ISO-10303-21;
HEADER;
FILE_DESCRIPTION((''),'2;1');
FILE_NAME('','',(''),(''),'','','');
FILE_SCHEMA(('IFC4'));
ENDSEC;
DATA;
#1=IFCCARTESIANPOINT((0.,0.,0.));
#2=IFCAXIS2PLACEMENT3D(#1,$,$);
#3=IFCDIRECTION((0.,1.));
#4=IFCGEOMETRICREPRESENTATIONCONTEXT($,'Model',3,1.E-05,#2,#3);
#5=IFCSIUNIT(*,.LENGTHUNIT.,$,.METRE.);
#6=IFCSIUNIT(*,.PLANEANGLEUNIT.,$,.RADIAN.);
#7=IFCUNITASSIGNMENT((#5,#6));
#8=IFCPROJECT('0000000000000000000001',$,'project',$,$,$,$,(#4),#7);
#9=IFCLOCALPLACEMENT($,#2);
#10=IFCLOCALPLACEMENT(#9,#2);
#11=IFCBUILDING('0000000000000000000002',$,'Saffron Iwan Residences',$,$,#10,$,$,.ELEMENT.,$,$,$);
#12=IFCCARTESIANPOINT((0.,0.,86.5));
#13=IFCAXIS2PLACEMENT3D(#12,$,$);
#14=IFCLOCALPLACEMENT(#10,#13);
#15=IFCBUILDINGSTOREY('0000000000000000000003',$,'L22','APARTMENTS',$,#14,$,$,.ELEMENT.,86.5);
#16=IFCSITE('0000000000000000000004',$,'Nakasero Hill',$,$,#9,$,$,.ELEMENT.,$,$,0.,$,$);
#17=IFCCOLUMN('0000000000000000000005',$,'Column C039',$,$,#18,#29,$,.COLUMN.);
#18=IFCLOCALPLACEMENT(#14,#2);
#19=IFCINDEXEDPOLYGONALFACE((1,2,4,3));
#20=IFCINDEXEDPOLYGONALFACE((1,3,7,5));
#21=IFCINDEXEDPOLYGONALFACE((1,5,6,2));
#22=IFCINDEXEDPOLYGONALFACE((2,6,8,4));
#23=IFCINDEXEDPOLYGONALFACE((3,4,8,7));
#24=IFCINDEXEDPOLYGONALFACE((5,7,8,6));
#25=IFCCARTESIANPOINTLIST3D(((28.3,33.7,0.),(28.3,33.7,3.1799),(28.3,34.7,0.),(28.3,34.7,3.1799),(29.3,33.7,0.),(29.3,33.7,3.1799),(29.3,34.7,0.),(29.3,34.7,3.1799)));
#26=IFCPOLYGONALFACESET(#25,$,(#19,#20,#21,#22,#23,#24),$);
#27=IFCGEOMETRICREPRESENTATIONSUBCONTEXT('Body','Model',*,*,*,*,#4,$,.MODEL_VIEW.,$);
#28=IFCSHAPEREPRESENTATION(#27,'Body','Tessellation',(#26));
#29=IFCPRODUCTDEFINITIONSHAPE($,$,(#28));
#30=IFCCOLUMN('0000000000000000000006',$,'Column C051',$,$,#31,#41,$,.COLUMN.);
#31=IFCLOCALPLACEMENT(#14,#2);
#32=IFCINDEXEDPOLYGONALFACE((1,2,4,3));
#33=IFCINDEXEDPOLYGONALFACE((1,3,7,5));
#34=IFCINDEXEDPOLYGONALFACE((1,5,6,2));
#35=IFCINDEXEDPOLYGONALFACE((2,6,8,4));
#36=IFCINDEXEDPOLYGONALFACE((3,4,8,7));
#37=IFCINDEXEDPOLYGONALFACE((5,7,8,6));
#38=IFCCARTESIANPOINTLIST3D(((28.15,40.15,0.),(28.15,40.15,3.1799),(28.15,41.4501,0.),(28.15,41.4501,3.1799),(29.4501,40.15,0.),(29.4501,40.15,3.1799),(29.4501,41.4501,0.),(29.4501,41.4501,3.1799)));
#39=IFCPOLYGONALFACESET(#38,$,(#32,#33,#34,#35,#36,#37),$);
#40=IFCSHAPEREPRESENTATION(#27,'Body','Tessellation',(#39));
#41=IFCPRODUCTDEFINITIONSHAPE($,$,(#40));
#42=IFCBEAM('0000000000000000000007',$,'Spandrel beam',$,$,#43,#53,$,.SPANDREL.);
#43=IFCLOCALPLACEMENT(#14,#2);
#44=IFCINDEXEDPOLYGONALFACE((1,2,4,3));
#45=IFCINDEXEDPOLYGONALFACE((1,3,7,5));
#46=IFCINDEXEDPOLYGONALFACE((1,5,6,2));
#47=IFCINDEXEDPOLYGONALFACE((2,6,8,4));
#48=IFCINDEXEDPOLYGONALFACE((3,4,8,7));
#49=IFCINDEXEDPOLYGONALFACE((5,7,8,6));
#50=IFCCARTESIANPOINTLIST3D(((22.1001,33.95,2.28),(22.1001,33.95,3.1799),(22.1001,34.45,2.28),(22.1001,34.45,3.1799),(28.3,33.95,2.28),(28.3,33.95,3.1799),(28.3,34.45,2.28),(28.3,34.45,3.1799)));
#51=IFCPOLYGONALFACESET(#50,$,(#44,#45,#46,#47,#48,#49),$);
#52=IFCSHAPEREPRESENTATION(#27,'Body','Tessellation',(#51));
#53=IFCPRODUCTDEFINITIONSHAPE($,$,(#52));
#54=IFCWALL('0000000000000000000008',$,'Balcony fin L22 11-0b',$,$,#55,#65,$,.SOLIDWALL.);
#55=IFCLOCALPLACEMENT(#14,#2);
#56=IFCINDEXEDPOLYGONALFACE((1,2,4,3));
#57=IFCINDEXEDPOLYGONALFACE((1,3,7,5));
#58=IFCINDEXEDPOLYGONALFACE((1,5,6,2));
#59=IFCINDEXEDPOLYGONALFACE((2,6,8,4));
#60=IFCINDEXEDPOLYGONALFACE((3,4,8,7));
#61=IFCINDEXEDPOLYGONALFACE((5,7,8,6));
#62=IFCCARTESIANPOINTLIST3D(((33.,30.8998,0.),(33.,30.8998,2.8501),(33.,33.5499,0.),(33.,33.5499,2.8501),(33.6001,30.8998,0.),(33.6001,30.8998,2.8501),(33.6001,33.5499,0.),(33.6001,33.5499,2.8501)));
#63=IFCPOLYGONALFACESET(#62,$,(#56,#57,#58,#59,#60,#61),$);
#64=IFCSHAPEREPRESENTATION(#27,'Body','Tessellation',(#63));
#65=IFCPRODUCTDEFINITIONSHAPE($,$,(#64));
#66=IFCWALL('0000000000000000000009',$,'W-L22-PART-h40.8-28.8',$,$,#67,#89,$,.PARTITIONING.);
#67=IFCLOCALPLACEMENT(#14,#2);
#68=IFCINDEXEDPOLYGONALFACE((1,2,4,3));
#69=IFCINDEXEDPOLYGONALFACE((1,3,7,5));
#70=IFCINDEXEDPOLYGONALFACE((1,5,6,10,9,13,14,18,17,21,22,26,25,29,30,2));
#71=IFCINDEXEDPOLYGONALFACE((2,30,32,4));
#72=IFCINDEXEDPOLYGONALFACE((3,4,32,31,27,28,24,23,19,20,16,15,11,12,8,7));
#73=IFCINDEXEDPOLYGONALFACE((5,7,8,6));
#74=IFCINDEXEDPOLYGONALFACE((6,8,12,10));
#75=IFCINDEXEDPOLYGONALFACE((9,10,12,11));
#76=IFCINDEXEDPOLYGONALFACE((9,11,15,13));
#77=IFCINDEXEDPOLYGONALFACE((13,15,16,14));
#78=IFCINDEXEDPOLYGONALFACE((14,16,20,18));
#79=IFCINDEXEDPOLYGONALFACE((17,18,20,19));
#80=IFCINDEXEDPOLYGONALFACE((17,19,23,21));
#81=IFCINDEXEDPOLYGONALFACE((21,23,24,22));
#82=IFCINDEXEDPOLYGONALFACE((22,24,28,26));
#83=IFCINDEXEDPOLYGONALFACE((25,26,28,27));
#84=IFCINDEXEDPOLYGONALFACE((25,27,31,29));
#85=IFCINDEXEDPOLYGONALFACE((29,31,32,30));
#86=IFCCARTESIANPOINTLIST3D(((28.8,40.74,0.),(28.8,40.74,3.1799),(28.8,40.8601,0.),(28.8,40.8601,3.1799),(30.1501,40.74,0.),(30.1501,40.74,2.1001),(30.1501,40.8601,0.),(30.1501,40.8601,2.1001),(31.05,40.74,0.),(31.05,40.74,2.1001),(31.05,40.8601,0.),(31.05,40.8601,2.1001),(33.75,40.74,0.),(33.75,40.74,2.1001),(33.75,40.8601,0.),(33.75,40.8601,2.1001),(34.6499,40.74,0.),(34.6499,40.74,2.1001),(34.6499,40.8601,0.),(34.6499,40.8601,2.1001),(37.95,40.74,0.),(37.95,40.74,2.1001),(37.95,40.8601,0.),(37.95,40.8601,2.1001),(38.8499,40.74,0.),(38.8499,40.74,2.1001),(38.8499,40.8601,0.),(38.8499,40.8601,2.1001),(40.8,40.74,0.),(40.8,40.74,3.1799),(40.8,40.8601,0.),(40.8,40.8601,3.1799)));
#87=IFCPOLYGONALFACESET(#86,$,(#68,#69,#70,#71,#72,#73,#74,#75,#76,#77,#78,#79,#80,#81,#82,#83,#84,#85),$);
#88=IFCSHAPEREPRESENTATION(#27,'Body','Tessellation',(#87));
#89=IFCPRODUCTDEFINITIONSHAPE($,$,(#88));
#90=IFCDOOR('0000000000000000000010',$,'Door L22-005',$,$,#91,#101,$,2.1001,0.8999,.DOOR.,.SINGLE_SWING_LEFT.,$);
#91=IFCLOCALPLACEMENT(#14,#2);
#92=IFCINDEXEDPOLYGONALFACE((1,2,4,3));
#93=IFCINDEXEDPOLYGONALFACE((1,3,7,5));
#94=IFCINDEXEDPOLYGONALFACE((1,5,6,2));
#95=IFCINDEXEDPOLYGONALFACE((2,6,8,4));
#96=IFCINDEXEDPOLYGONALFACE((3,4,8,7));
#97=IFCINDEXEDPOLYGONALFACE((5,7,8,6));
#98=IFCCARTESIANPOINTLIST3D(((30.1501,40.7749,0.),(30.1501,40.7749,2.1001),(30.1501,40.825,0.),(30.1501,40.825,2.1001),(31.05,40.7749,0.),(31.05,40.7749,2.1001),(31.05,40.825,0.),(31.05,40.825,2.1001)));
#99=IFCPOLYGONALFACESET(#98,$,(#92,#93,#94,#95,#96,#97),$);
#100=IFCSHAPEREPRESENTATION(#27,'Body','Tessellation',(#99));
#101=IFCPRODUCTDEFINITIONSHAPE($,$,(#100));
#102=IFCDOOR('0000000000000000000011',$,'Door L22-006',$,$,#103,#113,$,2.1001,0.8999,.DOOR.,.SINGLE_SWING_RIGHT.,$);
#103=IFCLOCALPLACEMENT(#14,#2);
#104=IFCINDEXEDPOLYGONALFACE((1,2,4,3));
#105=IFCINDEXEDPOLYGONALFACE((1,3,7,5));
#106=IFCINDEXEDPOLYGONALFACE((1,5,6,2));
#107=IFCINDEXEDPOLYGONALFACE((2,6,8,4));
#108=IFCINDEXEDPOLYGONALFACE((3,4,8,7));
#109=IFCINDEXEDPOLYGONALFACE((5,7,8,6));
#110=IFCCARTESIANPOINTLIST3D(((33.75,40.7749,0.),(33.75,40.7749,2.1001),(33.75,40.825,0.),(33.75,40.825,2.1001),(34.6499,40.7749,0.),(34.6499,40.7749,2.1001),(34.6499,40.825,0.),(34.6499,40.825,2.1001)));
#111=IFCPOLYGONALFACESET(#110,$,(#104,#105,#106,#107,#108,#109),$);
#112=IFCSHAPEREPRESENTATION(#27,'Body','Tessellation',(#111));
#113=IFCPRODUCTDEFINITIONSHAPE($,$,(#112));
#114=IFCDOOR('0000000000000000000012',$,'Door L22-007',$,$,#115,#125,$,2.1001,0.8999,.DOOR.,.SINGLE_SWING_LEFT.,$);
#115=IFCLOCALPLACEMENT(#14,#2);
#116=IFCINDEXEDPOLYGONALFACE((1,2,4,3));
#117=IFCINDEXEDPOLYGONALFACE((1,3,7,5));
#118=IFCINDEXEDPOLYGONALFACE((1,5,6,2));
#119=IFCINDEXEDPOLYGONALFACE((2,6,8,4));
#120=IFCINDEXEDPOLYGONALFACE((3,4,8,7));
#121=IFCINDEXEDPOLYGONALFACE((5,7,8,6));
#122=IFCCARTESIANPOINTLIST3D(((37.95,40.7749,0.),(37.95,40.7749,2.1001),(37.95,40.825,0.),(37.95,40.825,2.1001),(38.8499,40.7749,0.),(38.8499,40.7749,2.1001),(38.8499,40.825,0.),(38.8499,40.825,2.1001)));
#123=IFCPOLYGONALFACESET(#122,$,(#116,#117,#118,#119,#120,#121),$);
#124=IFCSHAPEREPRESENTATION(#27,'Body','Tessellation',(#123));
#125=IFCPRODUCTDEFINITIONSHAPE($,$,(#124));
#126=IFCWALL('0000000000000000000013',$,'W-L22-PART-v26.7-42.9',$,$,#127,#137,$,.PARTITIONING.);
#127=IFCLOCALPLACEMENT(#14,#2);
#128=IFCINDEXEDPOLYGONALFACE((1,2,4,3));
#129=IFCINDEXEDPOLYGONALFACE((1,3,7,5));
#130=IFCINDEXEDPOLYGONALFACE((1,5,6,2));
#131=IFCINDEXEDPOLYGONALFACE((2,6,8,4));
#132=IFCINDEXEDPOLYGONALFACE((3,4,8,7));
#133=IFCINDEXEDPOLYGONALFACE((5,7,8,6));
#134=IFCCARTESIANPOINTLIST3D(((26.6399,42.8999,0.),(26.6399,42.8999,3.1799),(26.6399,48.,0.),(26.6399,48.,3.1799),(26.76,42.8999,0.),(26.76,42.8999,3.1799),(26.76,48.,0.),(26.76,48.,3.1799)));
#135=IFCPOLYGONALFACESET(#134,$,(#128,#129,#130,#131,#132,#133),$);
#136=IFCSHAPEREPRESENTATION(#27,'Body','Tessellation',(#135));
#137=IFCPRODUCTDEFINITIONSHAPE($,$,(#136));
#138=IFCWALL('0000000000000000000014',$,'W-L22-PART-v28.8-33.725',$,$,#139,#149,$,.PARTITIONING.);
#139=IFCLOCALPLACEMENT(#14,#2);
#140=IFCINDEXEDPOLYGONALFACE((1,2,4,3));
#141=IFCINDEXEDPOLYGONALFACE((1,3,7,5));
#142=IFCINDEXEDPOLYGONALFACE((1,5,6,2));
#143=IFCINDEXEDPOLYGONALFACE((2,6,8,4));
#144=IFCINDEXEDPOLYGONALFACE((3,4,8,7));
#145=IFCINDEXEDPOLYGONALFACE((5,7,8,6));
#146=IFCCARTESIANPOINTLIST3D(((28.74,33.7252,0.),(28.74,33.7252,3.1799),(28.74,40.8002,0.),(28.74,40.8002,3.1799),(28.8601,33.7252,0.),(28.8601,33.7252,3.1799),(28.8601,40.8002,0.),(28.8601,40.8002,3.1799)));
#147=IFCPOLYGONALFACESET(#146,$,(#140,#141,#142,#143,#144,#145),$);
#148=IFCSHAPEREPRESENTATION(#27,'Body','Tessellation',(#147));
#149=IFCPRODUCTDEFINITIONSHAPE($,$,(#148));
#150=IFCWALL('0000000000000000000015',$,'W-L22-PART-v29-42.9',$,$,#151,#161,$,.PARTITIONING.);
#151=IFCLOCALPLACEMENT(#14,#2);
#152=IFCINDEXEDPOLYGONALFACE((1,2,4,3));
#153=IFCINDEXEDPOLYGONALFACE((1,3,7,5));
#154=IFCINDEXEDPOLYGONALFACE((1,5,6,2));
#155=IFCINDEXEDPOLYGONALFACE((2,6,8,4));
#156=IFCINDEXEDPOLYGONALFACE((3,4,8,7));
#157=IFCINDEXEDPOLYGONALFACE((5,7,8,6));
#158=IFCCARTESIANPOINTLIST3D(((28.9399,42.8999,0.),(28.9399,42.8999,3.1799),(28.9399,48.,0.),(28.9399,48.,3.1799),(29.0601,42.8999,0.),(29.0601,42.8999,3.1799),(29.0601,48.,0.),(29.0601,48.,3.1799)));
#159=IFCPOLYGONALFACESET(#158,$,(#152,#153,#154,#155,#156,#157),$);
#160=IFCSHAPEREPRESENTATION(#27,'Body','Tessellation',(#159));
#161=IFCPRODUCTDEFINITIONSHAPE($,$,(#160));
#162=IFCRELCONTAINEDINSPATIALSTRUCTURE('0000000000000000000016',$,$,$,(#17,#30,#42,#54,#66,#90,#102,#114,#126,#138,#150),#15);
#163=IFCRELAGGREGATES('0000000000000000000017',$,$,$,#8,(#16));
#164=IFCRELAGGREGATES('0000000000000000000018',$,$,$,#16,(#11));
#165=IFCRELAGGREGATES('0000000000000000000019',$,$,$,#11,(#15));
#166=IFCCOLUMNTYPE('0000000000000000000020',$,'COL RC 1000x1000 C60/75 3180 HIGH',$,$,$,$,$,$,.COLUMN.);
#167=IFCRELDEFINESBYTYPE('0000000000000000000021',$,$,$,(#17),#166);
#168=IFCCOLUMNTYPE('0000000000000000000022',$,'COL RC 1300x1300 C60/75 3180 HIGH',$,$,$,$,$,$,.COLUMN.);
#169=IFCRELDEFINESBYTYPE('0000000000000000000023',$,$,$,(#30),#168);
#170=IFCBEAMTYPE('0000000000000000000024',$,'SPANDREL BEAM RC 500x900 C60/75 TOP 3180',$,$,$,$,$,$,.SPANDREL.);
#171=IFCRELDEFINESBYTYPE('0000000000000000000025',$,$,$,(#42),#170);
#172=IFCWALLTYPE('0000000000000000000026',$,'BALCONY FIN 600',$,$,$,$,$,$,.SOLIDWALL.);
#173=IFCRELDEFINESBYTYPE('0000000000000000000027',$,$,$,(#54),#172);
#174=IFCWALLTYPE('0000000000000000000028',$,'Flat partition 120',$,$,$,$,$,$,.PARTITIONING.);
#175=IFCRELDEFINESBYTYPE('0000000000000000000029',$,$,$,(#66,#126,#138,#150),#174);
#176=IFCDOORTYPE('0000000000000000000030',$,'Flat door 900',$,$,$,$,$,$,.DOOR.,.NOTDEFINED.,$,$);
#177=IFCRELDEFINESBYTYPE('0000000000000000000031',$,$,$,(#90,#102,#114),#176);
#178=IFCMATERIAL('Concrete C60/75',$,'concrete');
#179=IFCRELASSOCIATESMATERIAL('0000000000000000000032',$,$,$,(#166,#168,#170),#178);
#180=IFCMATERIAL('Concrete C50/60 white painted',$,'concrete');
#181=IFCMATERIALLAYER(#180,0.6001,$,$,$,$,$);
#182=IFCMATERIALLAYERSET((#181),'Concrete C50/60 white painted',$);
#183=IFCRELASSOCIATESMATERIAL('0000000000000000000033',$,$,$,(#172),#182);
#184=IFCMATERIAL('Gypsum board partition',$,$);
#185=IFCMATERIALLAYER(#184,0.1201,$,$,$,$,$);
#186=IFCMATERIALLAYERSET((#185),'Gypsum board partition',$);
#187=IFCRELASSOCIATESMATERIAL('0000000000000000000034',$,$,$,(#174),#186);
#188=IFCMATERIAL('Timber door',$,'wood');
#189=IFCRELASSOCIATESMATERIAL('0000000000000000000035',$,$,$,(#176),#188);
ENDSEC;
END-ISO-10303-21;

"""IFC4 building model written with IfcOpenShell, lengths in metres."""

from ifc_helpers import new_model, si_unit, direction, frame, frame_2d, origin, origin_2d, place, context, subcontext, project, spatial, rectangle, extrude, source, transform, mapped, material, layer, layer_set, material_profile, profile_set, type_object, element, fill, save


model = new_model("IFC4")

# Units and contexts
model_context = context("Model", 3, precision=1e-05, world=origin(), true_north=direction((0.0, 1.0)))
body_context = subcontext(model_context, "Body", "Model", "MODEL_VIEW")
ifc_project = project(units=[si_unit("LENGTHUNIT", "METRE"), si_unit("PLANEANGLEUNIT", "RADIAN")], contexts=[model_context])

# Site, building, storey
site_placement = place(None, origin())
site = spatial("IfcSite", under=ifc_project, at=site_placement, Name="Nakasero Hill", CompositionType="ELEMENT", RefElevation=0.0)
building_placement = place(site_placement, origin())
building = spatial("IfcBuilding", under=site, at=building_placement, Name="Saffron Iwan Residences", CompositionType="ELEMENT")
storey_placement = place(building_placement, frame((0.0, 0.0, 86.5)))
storey = spatial("IfcBuildingStorey", under=building, at=storey_placement, Name="L22", Description="APARTMENTS", CompositionType="ELEMENT", Elevation=86.5)

# Columns
ifc_material_1 = material(Name="Concrete C60/75", Category="concrete")
ifc_material_profile_1 = material_profile(ifc_material_1, rectangle(XDim=1.0, YDim=1.0, at=origin_2d()), Name="RC 1000x1000")
ifc_profile_set_1 = profile_set([ifc_material_profile_1], Name="Concrete C60/75")
column_type_1 = type_object("IfcColumnType", Name="COL RC 1000x1000 C60/75 3180 HIGH", PredefinedType="COLUMN", material=ifc_profile_set_1)
shared_shape_1 = source(origin(), body_context, "Body", "SweptSolid", [
    extrude(rectangle(XDim=1.0, YDim=1.0, at=origin_2d()), origin(), (0.0, 0.0, 1.0), 3.1799),
])
column_1_placement = place(storey_placement, frame((28.8, 34.2, 0.0), z_axis=(0.0, 0.0, 1.0), x_axis=(1.0, 0.0, 0.0)))
element("IfcColumn", 1, at=column_1_placement, inside=storey, type_object=column_type_1, Name="Column C039", PredefinedType="COLUMN", context=body_context, shape_type="MappedRepresentation", body=[
    mapped(shared_shape_1, transform((0.0, 0.0, 0.0))),
])
ifc_material_profile_2 = material_profile(ifc_material_1, rectangle(XDim=1.3, YDim=1.3, at=origin_2d()), Name="RC 1300x1300")
ifc_profile_set_2 = profile_set([ifc_material_profile_2], Name="Concrete C60/75")
column_type_2 = type_object("IfcColumnType", Name="COL RC 1300x1300 C60/75 3180 HIGH", PredefinedType="COLUMN", material=ifc_profile_set_2)
shared_shape_2 = source(origin(), body_context, "Body", "SweptSolid", [
    extrude(rectangle(XDim=1.3, YDim=1.3, at=origin_2d()), origin(), (0.0, 0.0, 1.0), 3.1799),
])
column_2_placement = place(storey_placement, frame((28.8, 40.8, 0.0), z_axis=(0.0, 0.0, 1.0), x_axis=(1.0, 0.0, 0.0)))
element("IfcColumn", 2, at=column_2_placement, inside=storey, type_object=column_type_2, Name="Column C051", PredefinedType="COLUMN", context=body_context, shape_type="MappedRepresentation", body=[
    mapped(shared_shape_2, transform((0.0, 0.0, 0.0))),
])

# Beam
ifc_material_profile_3 = material_profile(ifc_material_1, rectangle(XDim=0.5, YDim=0.8999, at=origin_2d()), Name="RC 500x900")
ifc_profile_set_3 = profile_set([ifc_material_profile_3], Name="Concrete C60/75")
beam_type = type_object("IfcBeamType", Name="SPANDREL BEAM RC 500x900 C60/75 TOP 3180", PredefinedType="SPANDREL", material=ifc_profile_set_3)
shared_shape_3 = source(origin(), body_context, "Body", "SweptSolid", [
    extrude(rectangle(XDim=0.5, YDim=0.8999, at=origin_2d()), origin(), (0.0, 0.0, 1.0), 6.2),
])
beam_placement = place(storey_placement, frame((28.3, 34.2, 2.73), z_axis=(-1.0, 0.0, 0.0), x_axis=(0.0, -1.0, 0.0)))
element("IfcBeam", 3, at=beam_placement, inside=storey, type_object=beam_type, Name="Spandrel beam", PredefinedType="SPANDREL", context=body_context, shape_type="MappedRepresentation", body=[
    mapped(shared_shape_3, transform((0.0, 0.0, 0.0))),
])

# Wall
ifc_material_2 = material(Name="Concrete C50/60 white painted", Category="concrete")
ifc_layer_1 = layer(ifc_material_2, 0.6001)
ifc_layer_set_1 = layer_set([ifc_layer_1], Name="Concrete C50/60 white painted")
wall_type_1 = type_object("IfcWallType", Name="BALCONY FIN 600", PredefinedType="SOLIDWALL", material=ifc_layer_set_1)
wall_1_placement = place(storey_placement, frame((33.3, 33.55, 0.0), z_axis=(0.0, 0.0, 1.0), x_axis=(0.0, -1.0, 0.0)))
element("IfcWall", 4, at=wall_1_placement, inside=storey, type_object=wall_type_1, Name="Balcony fin L22 11-0b", PredefinedType="SOLIDWALL", context=body_context, shape_type="SweptSolid", body=[
    extrude(rectangle(XDim=2.6501, YDim=0.6001, at=frame_2d((1.3252, 0.0))), origin(), (0.0, 0.0, 1.0), 2.8501),
])

# Wall, openings, doors
ifc_material_3 = material(Name="Gypsum board partition")
ifc_layer_2 = layer(ifc_material_3, 0.1201)
ifc_layer_set_2 = layer_set([ifc_layer_2], Name="Gypsum board partition")
wall_type_2 = type_object("IfcWallType", Name="Flat partition 120", PredefinedType="PARTITIONING", material=ifc_layer_set_2)
wall_2_placement = place(storey_placement, frame((28.8, 40.8, 0.0), z_axis=(0.0, 0.0, 1.0), x_axis=(1.0, 0.0, 0.0)))
wall_2 = element("IfcWall", 5, at=wall_2_placement, inside=storey, type_object=wall_type_2, Name="W-L22-PART-h40.8-28.8", PredefinedType="PARTITIONING", context=body_context, shape_type="SweptSolid", body=[
    extrude(rectangle(XDim=12.0, YDim=0.1201, at=frame_2d((6.0, 0.0))), origin(), (0.0, 0.0, 1.0), 3.1799),
])
opening_1_placement = place(wall_2_placement, frame((1.3501, 0.0, 0.0)))
opening_1 = element("IfcOpeningElement", 6, at=opening_1_placement, cuts=wall_2, PredefinedType="OPENING", context=body_context, shape_type="SweptSolid", body=[
    extrude(rectangle(XDim=0.8999, YDim=2.1001, at=frame_2d((0.45, 1.05))), frame((0.0, 0.0701, 0.0), z_axis=(0.0, -1.0, 0.0), x_axis=(1.0, 0.0, 0.0)), (0.0, 0.0, 1.0), 0.1401),
])
opening_2_placement = place(wall_2_placement, frame((4.95, 0.0, 0.0)))
opening_2 = element("IfcOpeningElement", 7, at=opening_2_placement, cuts=wall_2, PredefinedType="OPENING", context=body_context, shape_type="SweptSolid", body=[
    extrude(rectangle(XDim=0.8999, YDim=2.1001, at=frame_2d((0.45, 1.05))), frame((0.0, 0.0701, 0.0), z_axis=(0.0, -1.0, 0.0), x_axis=(1.0, 0.0, 0.0)), (0.0, 0.0, 1.0), 0.1401),
])
opening_3_placement = place(wall_2_placement, frame((9.1499, 0.0, 0.0)))
opening_3 = element("IfcOpeningElement", 8, at=opening_3_placement, cuts=wall_2, PredefinedType="OPENING", context=body_context, shape_type="SweptSolid", body=[
    extrude(rectangle(XDim=0.8999, YDim=2.1001, at=frame_2d((0.45, 1.05))), frame((0.0, 0.0701, 0.0), z_axis=(0.0, -1.0, 0.0), x_axis=(1.0, 0.0, 0.0)), (0.0, 0.0, 1.0), 0.1401),
])
ifc_material_4 = material(Name="Timber door", Category="wood")
door_type_1 = type_object("IfcDoorType", Name="Flat door 900", OperationType="NOTDEFINED", PredefinedType="DOOR", material=ifc_material_4)
door_1_placement = place(opening_1_placement, origin())
door_1 = element("IfcDoor", 9, at=door_1_placement, inside=storey, type_object=door_type_1, Name="Door L22-005", OperationType="SINGLE_SWING_LEFT", OverallHeight=2.1001, OverallWidth=0.8999, PredefinedType="DOOR", context=body_context, shape_type="SweptSolid", body=[
    extrude(rectangle(XDim=0.8999, YDim=2.1001, at=frame_2d((0.45, 1.05))), frame((0.0, 0.0249, 0.0), z_axis=(0.0, -1.0, 0.0), x_axis=(1.0, 0.0, 0.0)), (0.0, 0.0, 1.0), 0.05),
])
fill(opening_1, door_1)
door_2_placement = place(opening_2_placement, origin())
door_2 = element("IfcDoor", 10, at=door_2_placement, inside=storey, type_object=door_type_1, Name="Door L22-006", OperationType="SINGLE_SWING_RIGHT", OverallHeight=2.1001, OverallWidth=0.8999, PredefinedType="DOOR", context=body_context, shape_type="SweptSolid", body=[
    extrude(rectangle(XDim=0.8999, YDim=2.1001, at=frame_2d((0.45, 1.05))), frame((0.0, 0.0249, 0.0), z_axis=(0.0, -1.0, 0.0), x_axis=(1.0, 0.0, 0.0)), (0.0, 0.0, 1.0), 0.05),
])
fill(opening_2, door_2)
door_3_placement = place(opening_3_placement, origin())
door_3 = element("IfcDoor", 11, at=door_3_placement, inside=storey, type_object=door_type_1, Name="Door L22-007", OperationType="SINGLE_SWING_LEFT", OverallHeight=2.1001, OverallWidth=0.8999, PredefinedType="DOOR", context=body_context, shape_type="SweptSolid", body=[
    extrude(rectangle(XDim=0.8999, YDim=2.1001, at=frame_2d((0.45, 1.05))), frame((0.0, 0.0249, 0.0), z_axis=(0.0, -1.0, 0.0), x_axis=(1.0, 0.0, 0.0)), (0.0, 0.0, 1.0), 0.05),
])
fill(opening_3, door_3)

# Walls
wall_3_placement = place(storey_placement, frame((26.7, 42.8999, 0.0), z_axis=(0.0, 0.0, 1.0), x_axis=(0.0, 1.0, 0.0)))
element("IfcWall", 12, at=wall_3_placement, inside=storey, type_object=wall_type_2, Name="W-L22-PART-v26.7-42.9", PredefinedType="PARTITIONING", context=body_context, shape_type="SweptSolid", body=[
    extrude(rectangle(XDim=5.1001, YDim=0.1201, at=frame_2d((2.55, 0.0))), origin(), (0.0, 0.0, 1.0), 3.1799),
])
wall_4_placement = place(storey_placement, frame((28.8, 33.7251, 0.0), z_axis=(0.0, 0.0, 1.0), x_axis=(0.0, 1.0, 0.0)))
element("IfcWall", 13, at=wall_4_placement, inside=storey, type_object=wall_type_2, Name="W-L22-PART-v28.8-33.725", PredefinedType="PARTITIONING", context=body_context, shape_type="SweptSolid", body=[
    extrude(rectangle(XDim=7.075, YDim=0.1201, at=frame_2d((3.5376, 0.0))), origin(), (0.0, 0.0, 1.0), 3.1799),
])
wall_5_placement = place(storey_placement, frame((29.0, 42.8999, 0.0), z_axis=(0.0, 0.0, 1.0), x_axis=(0.0, 1.0, 0.0)))
element("IfcWall", 14, at=wall_5_placement, inside=storey, type_object=wall_type_2, Name="W-L22-PART-v29-42.9", PredefinedType="PARTITIONING", context=body_context, shape_type="SweptSolid", body=[
    extrude(rectangle(XDim=5.1001, YDim=0.1201, at=frame_2d((2.55, 0.0))), origin(), (0.0, 0.0, 1.0), 3.1799),
])

save(model, "model.ifc")
